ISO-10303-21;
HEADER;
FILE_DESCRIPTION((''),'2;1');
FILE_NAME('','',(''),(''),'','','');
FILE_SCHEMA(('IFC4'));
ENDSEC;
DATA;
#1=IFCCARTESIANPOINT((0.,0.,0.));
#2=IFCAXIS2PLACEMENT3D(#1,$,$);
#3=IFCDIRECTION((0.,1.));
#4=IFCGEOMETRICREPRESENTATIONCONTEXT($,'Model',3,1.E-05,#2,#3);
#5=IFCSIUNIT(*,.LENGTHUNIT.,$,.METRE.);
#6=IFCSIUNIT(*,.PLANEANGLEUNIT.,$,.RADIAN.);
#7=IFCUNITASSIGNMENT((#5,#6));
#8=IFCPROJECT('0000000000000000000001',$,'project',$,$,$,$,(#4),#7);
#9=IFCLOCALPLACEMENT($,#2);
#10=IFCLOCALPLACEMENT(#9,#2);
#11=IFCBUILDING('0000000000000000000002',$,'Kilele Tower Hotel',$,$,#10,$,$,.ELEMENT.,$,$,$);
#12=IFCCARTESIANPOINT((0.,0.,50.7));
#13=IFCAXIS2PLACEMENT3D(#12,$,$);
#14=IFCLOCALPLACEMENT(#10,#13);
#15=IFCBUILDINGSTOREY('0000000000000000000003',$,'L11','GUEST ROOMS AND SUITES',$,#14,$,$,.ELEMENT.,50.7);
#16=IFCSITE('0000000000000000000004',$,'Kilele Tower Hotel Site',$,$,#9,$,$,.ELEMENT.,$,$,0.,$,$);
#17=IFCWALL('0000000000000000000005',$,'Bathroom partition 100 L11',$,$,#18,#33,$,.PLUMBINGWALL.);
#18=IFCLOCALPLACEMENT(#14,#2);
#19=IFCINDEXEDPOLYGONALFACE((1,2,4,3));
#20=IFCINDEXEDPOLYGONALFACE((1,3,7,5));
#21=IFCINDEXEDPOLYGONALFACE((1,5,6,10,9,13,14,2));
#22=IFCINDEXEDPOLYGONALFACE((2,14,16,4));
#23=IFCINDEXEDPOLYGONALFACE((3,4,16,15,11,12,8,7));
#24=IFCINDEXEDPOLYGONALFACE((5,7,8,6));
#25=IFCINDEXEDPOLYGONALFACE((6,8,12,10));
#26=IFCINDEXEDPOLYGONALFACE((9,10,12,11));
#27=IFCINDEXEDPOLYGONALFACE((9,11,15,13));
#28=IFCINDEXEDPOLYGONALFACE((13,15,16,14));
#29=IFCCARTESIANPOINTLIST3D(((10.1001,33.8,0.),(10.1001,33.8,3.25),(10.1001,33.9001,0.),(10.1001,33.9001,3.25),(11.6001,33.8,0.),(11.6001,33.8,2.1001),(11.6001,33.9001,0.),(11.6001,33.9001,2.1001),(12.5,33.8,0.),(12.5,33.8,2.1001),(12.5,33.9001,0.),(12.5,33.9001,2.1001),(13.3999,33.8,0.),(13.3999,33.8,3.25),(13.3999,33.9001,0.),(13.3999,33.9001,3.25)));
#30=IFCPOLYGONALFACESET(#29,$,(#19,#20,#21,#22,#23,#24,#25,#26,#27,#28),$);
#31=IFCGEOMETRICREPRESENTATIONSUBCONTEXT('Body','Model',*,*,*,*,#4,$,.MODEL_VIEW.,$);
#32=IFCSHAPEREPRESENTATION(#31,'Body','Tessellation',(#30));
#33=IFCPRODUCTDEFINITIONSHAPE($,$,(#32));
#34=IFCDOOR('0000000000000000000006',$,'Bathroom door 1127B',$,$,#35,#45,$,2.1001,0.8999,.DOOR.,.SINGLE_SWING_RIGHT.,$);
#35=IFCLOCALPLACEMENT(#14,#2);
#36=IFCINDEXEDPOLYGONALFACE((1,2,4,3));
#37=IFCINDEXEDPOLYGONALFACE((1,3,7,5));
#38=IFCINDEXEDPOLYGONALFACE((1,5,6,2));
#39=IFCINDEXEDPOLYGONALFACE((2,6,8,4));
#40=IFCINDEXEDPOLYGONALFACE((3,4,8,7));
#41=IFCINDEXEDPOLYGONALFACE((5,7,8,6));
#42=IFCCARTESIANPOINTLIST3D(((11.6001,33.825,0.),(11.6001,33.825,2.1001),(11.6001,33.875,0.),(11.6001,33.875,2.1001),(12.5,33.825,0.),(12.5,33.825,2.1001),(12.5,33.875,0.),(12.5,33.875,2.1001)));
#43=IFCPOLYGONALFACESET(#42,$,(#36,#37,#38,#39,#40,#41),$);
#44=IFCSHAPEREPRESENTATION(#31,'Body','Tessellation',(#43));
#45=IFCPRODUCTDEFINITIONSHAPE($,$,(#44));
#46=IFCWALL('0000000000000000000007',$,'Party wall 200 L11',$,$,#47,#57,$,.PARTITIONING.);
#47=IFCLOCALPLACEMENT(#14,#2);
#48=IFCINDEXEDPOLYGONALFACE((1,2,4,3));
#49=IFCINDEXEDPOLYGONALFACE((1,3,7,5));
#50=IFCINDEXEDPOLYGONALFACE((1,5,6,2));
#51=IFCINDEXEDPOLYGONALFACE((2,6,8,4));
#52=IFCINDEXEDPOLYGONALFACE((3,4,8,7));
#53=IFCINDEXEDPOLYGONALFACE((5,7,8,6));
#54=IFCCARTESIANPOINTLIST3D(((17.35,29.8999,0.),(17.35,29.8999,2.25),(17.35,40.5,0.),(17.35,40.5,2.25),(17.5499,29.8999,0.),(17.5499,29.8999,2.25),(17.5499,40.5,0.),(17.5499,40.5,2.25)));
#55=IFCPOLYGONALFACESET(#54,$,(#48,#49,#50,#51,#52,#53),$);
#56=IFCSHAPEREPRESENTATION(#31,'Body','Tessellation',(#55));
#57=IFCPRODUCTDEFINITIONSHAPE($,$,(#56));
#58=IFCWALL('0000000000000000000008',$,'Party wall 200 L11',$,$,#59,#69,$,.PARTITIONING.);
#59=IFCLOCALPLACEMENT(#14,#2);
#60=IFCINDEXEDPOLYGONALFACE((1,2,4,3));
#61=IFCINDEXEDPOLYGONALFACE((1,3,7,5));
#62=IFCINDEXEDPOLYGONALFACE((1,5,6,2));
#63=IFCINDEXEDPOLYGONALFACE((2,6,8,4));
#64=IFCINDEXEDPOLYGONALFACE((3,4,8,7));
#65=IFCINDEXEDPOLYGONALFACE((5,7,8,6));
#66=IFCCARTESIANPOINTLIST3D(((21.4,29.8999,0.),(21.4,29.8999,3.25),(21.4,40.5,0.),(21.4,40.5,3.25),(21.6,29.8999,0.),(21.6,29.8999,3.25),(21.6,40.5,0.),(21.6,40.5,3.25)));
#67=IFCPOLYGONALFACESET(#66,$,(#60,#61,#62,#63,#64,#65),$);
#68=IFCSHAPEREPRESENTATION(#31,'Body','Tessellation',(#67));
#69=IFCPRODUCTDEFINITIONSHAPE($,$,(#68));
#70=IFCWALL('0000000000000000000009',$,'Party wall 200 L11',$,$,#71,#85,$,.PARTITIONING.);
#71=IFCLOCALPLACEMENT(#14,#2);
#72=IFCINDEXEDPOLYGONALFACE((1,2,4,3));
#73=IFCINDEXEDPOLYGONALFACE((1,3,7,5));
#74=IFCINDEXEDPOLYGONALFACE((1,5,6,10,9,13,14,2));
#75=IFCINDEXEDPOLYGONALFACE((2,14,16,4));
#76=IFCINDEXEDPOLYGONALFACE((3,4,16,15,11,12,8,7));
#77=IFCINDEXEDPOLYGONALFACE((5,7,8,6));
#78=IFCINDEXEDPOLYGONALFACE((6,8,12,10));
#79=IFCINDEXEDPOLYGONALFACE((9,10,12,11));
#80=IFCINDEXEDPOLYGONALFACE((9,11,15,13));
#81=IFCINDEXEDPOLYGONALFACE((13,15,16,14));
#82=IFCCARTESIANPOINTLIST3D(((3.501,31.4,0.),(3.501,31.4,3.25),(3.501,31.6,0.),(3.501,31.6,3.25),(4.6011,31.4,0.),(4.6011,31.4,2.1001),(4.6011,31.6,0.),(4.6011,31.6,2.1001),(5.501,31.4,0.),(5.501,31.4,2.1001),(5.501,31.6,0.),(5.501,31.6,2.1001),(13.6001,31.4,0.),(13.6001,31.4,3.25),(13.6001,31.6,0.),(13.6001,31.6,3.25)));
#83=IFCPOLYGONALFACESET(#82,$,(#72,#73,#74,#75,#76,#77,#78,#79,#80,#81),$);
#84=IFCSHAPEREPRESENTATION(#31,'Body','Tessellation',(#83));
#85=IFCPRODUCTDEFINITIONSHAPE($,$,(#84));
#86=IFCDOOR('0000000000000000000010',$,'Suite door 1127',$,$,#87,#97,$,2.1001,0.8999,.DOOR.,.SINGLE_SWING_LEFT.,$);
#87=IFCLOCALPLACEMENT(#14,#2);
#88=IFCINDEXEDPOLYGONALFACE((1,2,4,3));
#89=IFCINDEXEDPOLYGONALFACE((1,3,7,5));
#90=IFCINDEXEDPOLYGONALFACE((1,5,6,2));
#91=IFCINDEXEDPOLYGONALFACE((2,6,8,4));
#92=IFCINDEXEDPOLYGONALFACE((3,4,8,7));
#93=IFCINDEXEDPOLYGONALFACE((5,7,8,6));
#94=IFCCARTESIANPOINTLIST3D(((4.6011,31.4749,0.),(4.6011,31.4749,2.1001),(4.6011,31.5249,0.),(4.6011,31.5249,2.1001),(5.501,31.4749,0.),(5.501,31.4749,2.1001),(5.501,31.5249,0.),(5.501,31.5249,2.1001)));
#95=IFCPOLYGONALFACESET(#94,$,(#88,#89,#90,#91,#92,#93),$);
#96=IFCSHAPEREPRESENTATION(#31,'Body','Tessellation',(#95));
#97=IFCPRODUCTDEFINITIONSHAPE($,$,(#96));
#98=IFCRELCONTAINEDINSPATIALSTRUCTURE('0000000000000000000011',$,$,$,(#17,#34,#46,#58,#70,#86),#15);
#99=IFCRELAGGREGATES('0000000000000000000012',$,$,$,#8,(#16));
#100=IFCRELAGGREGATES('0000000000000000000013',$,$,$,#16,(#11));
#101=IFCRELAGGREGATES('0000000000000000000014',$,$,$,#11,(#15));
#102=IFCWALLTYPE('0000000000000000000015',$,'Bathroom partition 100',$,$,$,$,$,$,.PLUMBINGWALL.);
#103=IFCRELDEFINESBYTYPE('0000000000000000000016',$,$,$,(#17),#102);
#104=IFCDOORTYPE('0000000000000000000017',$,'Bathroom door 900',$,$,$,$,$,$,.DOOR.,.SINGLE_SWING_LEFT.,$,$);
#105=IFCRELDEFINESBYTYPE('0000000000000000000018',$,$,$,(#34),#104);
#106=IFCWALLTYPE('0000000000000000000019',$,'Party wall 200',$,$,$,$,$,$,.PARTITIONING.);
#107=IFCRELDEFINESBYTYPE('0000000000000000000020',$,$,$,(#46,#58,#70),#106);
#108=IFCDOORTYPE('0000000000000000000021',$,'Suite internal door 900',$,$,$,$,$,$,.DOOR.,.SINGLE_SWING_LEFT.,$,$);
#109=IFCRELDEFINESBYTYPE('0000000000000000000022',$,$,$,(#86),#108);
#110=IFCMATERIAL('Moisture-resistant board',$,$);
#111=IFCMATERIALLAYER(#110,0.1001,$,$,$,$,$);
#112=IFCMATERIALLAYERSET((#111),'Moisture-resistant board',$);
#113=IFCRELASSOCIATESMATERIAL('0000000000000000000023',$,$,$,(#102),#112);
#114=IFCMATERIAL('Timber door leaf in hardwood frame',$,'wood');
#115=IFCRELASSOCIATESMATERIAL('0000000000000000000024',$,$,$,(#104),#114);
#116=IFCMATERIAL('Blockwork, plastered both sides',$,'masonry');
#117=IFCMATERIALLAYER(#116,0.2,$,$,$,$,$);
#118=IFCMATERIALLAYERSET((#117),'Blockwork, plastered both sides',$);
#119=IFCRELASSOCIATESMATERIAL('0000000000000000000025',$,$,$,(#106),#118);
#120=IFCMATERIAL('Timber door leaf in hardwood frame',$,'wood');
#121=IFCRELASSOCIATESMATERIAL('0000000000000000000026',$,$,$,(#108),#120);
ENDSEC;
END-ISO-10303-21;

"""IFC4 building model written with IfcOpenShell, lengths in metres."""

from ifc_helpers import new_model, si_unit, direction, frame, frame_2d, origin, place, context, subcontext, project, spatial, rectangle, extrude, material, layer, layer_set, type_object, element, fill, save


model = new_model("IFC4")

# Units and contexts
model_context = context("Model", 3, precision=1e-05, world=origin(), true_north=direction((0.0, 1.0)))
body_context = subcontext(model_context, "Body", "Model", "MODEL_VIEW")
ifc_project = project(units=[si_unit("LENGTHUNIT", "METRE"), si_unit("PLANEANGLEUNIT", "RADIAN")], contexts=[model_context])

# Site, building, storey
site_placement = place(None, origin())
site = spatial("IfcSite", under=ifc_project, at=site_placement, Name="Kilele Tower Hotel Site", CompositionType="ELEMENT", RefElevation=0.0)
building_placement = place(site_placement, origin())
building = spatial("IfcBuilding", under=site, at=building_placement, Name="Kilele Tower Hotel", CompositionType="ELEMENT")
storey_placement = place(building_placement, frame((0.0, 0.0, 50.7)))
storey = spatial("IfcBuildingStorey", under=building, at=storey_placement, Name="L11", Description="GUEST ROOMS AND SUITES", CompositionType="ELEMENT", Elevation=50.7)

# Shared definitions
ifc_material_1 = material(Name="Moisture-resistant board")
ifc_layer_1 = layer(ifc_material_1, 0.1001)
ifc_layer_set_1 = layer_set([ifc_layer_1], Name="Moisture-resistant board")
wall_type_1 = type_object("IfcWallType", Name="Bathroom partition 100", PredefinedType="PLUMBINGWALL", material=ifc_layer_set_1)

# Shared definitions
ifc_material_2 = material(Name="Timber door leaf in hardwood frame", Category="wood")
door_type_1 = type_object("IfcDoorType", Name="Bathroom door 900", OperationType="SINGLE_SWING_LEFT", PredefinedType="DOOR", material=ifc_material_2)

# Wall, opening, door
wall_1_placement = place(storey_placement, frame((13.3999, 33.8501, 0.0), z_axis=(0.0, 0.0, 1.0), x_axis=(-1.0, 0.0, 0.0)))
wall_1 = element("IfcWall", 1, at=wall_1_placement, inside=storey, type_object=wall_type_1, Name="Bathroom partition 100 L11", PredefinedType="PLUMBINGWALL", context=body_context, shape_type="SweptSolid", body=[
    extrude(rectangle(XDim=3.2998, YDim=0.1001, at=frame_2d((1.6499, 0.0))), origin(), (0.0, 0.0, 1.0), 3.25),
])
opening_1_placement = place(wall_1_placement, frame((1.7998, 0.0, 0.0), z_axis=(0.0, 0.0, 1.0), x_axis=(-1.0, 0.0, 0.0)))
opening_1 = element("IfcOpeningElement", 2, at=opening_1_placement, cuts=wall_1, PredefinedType="OPENING", context=body_context, shape_type="SweptSolid", body=[
    extrude(rectangle(XDim=0.8999, YDim=2.1001, at=frame_2d((0.45, 1.05))), frame((0.0, 0.0601, 0.0), z_axis=(0.0, -1.0, 0.0), x_axis=(1.0, 0.0, 0.0)), (0.0, 0.0, 1.0), 0.1201),
])
door_1_placement = place(opening_1_placement, origin())
door_1 = element("IfcDoor", 3, at=door_1_placement, inside=storey, type_object=door_type_1, Name="Bathroom door 1127B", OperationType="SINGLE_SWING_RIGHT", OverallHeight=2.1001, OverallWidth=0.8999, PredefinedType="DOOR", context=body_context, shape_type="SweptSolid", body=[
    extrude(rectangle(XDim=0.8999, YDim=2.1001, at=frame_2d((0.45, 1.05))), frame((0.0, 0.0249, 0.0), z_axis=(0.0, -1.0, 0.0), x_axis=(1.0, 0.0, 0.0)), (0.0, 0.0, 1.0), 0.05),
])
fill(opening_1, door_1)

# Walls
ifc_material_3 = material(Name="Blockwork, plastered both sides", Category="masonry")
ifc_layer_2 = layer(ifc_material_3, 0.2)
ifc_layer_set_2 = layer_set([ifc_layer_2], Name="Blockwork, plastered both sides")
wall_type_2 = type_object("IfcWallType", Name="Party wall 200", PredefinedType="PARTITIONING", material=ifc_layer_set_2)
wall_2_placement = place(storey_placement, frame((17.45, 29.8999, 0.0), z_axis=(0.0, 0.0, 1.0), x_axis=(0.0, 1.0, 0.0)))
element("IfcWall", 4, at=wall_2_placement, inside=storey, type_object=wall_type_2, Name="Party wall 200 L11", PredefinedType="PARTITIONING", context=body_context, shape_type="SweptSolid", body=[
    extrude(rectangle(XDim=10.6001, YDim=0.2, at=frame_2d((5.3, 0.0))), origin(), (0.0, 0.0, 1.0), 2.25),
])
wall_3_placement = place(storey_placement, frame((21.5, 29.8999, 0.0), z_axis=(0.0, 0.0, 1.0), x_axis=(0.0, 1.0, 0.0)))
element("IfcWall", 5, at=wall_3_placement, inside=storey, type_object=wall_type_2, Name="Party wall 200 L11", PredefinedType="PARTITIONING", context=body_context, shape_type="SweptSolid", body=[
    extrude(rectangle(XDim=10.6001, YDim=0.2, at=frame_2d((5.3, 0.0))), origin(), (0.0, 0.0, 1.0), 3.25),
])

# Wall, opening, door
wall_4_placement = place(storey_placement, frame((13.6001, 31.5, 0.0), z_axis=(0.0, 0.0, 1.0), x_axis=(-1.0, 0.0, 0.0)))
wall_4 = element("IfcWall", 6, at=wall_4_placement, inside=storey, type_object=wall_type_2, Name="Party wall 200 L11", PredefinedType="PARTITIONING", context=body_context, shape_type="SweptSolid", body=[
    extrude(rectangle(XDim=10.0991, YDim=0.2, at=frame_2d((5.0496, 0.0))), origin(), (0.0, 0.0, 1.0), 3.25),
])
opening_2_placement = place(wall_4_placement, frame((8.999, 0.0, 0.0), z_axis=(0.0, 0.0, 1.0), x_axis=(-1.0, 0.0, 0.0)))
opening_2 = element("IfcOpeningElement", 7, at=opening_2_placement, cuts=wall_4, PredefinedType="OPENING", context=body_context, shape_type="SweptSolid", body=[
    extrude(rectangle(XDim=0.8999, YDim=2.1001, at=frame_2d((0.45, 1.05))), frame((0.0, 0.1099, 0.0), z_axis=(0.0, -1.0, 0.0), x_axis=(1.0, 0.0, 0.0)), (0.0, 0.0, 1.0), 0.22),
])
ifc_material_4 = material(Name="Timber door leaf in hardwood frame", Category="wood")
door_type_2 = type_object("IfcDoorType", Name="Suite internal door 900", OperationType="SINGLE_SWING_LEFT", PredefinedType="DOOR", material=ifc_material_4)
door_2_placement = place(opening_2_placement, origin())
door_2 = element("IfcDoor", 8, at=door_2_placement, inside=storey, type_object=door_type_2, Name="Suite door 1127", OperationType="SINGLE_SWING_LEFT", OverallHeight=2.1001, OverallWidth=0.8999, PredefinedType="DOOR", context=body_context, shape_type="SweptSolid", body=[
    extrude(rectangle(XDim=0.8999, YDim=2.1001, at=frame_2d((0.45, 1.05))), frame((0.0, 0.0249, 0.0), z_axis=(0.0, -1.0, 0.0), x_axis=(1.0, 0.0, 0.0)), (0.0, 0.0, 1.0), 0.05),
])
fill(opening_2, door_2)

save(model, "model.ifc")
